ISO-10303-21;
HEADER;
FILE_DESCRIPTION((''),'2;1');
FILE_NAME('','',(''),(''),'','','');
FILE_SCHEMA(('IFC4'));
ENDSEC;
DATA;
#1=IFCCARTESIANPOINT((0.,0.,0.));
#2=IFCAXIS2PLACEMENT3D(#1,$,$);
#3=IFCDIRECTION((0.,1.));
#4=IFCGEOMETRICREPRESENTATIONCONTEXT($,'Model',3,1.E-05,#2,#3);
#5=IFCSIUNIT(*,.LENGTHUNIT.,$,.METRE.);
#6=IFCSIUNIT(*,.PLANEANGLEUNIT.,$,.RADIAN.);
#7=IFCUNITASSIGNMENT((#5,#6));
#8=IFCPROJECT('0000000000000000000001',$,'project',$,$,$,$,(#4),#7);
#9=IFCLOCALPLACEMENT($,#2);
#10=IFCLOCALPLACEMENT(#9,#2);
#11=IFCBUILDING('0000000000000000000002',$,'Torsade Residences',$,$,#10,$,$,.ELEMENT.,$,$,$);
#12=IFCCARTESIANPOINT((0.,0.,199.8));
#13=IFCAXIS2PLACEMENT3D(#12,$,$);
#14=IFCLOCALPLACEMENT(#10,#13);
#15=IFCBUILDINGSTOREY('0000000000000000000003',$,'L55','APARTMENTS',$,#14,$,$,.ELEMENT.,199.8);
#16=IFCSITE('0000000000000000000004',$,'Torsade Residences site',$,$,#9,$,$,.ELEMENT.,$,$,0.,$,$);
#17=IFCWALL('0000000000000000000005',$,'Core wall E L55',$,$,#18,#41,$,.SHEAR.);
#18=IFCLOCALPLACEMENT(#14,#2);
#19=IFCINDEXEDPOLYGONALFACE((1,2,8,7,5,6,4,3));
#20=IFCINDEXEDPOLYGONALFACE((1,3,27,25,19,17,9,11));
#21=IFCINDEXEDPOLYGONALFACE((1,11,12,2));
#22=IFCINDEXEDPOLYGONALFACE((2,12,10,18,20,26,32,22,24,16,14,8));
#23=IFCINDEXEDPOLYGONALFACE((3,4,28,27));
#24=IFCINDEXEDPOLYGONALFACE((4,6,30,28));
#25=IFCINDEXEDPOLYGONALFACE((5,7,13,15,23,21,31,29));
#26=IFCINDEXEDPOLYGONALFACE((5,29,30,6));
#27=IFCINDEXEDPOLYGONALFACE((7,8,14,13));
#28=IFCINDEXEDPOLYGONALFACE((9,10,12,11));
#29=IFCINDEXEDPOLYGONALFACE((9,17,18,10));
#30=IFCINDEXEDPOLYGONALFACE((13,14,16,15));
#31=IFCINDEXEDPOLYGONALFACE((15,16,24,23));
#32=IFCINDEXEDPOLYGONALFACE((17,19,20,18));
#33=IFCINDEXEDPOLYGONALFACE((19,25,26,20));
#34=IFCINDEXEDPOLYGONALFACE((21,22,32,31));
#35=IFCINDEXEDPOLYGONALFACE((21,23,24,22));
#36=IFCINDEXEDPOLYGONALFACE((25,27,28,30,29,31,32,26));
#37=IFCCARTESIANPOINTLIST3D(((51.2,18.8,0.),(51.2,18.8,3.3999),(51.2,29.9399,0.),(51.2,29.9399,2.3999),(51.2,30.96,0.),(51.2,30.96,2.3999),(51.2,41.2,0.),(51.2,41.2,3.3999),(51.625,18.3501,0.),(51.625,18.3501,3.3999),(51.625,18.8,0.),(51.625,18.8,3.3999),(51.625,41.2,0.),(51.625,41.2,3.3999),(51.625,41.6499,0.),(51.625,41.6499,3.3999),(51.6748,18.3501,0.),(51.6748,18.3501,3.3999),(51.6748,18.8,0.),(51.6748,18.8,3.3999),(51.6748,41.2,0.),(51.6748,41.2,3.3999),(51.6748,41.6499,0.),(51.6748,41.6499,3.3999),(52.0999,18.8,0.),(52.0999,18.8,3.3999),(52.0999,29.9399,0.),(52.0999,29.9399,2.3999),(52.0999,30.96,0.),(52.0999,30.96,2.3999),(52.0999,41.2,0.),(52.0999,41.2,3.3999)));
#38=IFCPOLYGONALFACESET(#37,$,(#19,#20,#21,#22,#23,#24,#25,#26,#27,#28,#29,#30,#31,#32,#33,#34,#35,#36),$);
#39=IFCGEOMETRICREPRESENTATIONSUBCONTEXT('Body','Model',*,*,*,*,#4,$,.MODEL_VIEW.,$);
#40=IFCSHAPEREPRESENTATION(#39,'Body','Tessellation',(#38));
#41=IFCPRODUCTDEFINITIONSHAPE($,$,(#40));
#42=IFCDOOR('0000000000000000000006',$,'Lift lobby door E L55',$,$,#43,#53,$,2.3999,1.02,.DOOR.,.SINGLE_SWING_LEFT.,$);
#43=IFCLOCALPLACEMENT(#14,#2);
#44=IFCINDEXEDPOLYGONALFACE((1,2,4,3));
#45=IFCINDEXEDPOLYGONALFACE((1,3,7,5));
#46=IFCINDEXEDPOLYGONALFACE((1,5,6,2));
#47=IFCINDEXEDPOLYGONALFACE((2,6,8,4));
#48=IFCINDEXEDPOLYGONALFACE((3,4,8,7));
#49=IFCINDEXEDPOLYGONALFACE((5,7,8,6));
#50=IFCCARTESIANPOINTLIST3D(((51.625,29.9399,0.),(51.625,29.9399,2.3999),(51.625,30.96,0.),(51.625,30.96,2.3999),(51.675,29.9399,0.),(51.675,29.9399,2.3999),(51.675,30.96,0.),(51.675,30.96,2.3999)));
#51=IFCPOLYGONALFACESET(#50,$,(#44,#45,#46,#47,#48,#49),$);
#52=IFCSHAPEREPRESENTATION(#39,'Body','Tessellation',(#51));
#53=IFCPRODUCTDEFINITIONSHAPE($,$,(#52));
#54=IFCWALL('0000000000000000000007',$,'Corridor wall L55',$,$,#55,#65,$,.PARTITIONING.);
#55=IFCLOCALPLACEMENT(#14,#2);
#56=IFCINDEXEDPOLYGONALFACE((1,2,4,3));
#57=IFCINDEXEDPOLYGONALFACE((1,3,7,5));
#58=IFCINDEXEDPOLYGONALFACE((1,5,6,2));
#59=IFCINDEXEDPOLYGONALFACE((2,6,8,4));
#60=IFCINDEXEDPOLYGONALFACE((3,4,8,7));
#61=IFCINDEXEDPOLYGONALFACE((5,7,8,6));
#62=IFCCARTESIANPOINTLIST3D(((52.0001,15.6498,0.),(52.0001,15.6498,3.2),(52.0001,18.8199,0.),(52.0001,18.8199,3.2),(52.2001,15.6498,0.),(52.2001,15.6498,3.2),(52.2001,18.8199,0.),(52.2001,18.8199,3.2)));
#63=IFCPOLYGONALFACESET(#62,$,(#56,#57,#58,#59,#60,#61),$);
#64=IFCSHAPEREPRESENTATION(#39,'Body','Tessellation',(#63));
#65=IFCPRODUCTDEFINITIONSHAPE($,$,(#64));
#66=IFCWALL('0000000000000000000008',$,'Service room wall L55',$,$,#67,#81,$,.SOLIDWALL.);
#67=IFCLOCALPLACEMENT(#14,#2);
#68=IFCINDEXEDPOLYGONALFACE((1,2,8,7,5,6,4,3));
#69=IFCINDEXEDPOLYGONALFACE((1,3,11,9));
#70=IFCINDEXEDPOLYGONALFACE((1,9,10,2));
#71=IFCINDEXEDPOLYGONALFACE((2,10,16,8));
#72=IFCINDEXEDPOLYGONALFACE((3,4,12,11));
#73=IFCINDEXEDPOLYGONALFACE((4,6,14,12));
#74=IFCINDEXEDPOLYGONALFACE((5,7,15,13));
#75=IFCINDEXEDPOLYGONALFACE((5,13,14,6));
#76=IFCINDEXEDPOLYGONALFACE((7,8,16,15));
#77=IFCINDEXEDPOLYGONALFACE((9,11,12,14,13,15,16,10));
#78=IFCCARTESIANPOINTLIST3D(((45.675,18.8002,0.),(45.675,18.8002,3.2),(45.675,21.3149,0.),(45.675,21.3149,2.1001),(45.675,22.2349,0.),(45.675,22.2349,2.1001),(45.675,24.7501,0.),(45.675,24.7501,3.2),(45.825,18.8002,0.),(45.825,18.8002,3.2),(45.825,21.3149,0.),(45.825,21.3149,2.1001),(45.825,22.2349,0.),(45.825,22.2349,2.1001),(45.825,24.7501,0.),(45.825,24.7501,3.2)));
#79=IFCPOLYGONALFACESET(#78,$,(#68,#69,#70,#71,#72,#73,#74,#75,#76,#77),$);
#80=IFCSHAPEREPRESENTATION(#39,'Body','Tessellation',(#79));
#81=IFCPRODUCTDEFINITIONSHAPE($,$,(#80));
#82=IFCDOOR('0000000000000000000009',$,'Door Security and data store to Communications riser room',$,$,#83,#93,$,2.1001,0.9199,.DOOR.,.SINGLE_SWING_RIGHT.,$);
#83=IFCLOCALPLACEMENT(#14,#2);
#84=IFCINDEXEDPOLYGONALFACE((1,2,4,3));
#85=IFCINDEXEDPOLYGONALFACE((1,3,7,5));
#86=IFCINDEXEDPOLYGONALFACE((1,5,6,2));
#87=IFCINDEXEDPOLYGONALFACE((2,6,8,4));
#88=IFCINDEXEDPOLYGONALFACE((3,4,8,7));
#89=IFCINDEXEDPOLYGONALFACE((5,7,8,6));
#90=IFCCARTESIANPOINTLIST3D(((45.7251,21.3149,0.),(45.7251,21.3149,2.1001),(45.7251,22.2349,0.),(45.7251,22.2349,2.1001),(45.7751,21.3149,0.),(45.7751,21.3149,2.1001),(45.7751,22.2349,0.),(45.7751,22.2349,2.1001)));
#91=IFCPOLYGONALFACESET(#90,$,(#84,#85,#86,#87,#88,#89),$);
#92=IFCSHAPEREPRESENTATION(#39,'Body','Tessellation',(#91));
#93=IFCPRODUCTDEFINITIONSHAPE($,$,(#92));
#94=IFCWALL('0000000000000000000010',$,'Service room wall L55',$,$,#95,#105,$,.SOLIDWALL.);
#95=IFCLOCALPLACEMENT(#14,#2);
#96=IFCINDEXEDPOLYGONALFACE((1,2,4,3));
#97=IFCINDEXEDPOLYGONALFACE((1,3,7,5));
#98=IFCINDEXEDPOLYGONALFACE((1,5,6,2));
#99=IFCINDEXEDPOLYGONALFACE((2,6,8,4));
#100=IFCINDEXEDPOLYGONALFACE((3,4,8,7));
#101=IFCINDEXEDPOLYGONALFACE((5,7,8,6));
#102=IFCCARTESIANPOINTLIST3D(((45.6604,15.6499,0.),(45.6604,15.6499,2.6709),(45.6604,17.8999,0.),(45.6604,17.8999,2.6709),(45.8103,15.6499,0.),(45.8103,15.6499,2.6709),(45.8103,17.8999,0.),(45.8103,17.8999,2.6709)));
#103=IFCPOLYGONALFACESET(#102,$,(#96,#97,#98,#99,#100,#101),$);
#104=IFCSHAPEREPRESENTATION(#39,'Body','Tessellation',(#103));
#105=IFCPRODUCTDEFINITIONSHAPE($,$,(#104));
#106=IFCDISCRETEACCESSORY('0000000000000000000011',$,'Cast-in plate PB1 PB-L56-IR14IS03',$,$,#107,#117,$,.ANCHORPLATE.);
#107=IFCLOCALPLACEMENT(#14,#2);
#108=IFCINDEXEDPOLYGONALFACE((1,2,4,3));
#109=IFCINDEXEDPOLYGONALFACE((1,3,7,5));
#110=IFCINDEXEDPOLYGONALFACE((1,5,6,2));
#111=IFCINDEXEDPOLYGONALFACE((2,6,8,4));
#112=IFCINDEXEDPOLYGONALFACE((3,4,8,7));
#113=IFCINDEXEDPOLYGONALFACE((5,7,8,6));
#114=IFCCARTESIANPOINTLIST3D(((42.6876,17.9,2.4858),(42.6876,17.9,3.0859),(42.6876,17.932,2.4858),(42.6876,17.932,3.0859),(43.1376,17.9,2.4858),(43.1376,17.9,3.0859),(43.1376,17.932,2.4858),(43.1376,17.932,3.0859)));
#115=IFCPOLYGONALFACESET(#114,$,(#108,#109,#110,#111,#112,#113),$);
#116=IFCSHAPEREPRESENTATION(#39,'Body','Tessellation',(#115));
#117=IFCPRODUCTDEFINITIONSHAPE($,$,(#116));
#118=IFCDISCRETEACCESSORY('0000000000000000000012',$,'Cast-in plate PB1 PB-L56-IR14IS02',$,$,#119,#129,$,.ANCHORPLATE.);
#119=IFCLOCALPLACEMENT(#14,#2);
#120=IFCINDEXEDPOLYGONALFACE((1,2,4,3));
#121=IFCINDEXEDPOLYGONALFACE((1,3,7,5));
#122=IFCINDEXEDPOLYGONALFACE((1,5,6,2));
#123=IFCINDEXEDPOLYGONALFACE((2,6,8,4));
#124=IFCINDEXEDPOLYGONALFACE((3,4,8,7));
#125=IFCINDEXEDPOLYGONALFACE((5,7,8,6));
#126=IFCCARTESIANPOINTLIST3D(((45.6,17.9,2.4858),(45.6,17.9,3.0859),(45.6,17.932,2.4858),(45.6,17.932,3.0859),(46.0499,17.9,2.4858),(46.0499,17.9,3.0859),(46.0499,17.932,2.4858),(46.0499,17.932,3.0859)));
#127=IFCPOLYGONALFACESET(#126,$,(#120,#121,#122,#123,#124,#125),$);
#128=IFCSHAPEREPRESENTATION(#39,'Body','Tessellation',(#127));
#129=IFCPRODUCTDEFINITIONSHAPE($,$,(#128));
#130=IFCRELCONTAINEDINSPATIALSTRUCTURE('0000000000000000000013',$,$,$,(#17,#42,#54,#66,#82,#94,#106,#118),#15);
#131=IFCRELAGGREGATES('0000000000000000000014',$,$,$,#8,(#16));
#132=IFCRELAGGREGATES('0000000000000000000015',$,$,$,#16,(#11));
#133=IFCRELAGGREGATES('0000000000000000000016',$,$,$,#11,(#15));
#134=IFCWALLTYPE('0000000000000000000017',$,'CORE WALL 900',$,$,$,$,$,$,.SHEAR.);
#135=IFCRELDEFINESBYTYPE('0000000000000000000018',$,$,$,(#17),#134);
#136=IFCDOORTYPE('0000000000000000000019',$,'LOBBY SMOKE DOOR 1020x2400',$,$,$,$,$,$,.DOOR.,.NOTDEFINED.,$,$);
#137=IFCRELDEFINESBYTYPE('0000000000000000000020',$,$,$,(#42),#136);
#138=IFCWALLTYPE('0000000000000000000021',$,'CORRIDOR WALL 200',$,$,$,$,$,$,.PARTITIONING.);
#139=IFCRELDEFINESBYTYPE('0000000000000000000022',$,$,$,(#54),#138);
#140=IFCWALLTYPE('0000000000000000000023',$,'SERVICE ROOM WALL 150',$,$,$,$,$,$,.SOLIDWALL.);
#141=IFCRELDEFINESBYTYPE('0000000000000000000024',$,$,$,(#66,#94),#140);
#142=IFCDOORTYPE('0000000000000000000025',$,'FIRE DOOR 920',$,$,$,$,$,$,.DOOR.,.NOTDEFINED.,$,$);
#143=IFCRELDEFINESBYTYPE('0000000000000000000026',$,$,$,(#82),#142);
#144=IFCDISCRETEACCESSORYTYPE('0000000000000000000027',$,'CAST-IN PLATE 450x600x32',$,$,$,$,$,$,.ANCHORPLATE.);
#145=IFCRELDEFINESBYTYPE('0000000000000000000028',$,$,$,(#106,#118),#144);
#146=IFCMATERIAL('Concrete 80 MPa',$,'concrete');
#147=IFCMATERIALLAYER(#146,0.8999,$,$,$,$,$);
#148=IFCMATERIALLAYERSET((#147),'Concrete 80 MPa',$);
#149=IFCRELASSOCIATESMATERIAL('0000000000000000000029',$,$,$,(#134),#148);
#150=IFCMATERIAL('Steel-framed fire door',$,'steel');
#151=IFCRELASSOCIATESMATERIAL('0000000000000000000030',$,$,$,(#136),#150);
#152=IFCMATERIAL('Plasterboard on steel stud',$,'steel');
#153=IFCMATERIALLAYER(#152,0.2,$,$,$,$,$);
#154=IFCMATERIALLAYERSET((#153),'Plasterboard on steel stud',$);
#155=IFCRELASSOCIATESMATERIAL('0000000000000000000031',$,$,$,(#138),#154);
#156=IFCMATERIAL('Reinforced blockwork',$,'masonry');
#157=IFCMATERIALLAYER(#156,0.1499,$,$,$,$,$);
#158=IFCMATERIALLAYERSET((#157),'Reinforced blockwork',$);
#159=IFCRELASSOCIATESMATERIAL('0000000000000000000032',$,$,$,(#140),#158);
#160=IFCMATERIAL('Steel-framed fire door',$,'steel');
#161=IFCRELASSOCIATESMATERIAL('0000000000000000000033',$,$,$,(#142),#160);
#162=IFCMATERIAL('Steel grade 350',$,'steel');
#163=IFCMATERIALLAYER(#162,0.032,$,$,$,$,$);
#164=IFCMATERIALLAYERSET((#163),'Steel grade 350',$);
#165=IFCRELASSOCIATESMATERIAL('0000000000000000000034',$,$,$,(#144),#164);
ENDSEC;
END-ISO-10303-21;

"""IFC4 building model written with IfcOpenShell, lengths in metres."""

from ifc_helpers import new_model, si_unit, direction, frame, frame_2d, origin, origin_2d, place, context, subcontext, project, spatial, polyline, rectangle, outline, extrude, material, layer, layer_set, type_object, element, fill, save


model = new_model("IFC4")

# Units and contexts
model_context = context("Model", 3, precision=1e-05, world=origin(), true_north=direction((0.0, 1.0)))
body_context = subcontext(model_context, "Body", "Model", "MODEL_VIEW")
ifc_project = project(units=[si_unit("LENGTHUNIT", "METRE"), si_unit("PLANEANGLEUNIT", "RADIAN")], contexts=[model_context])

# Site, building, storey
site_placement = place(None, origin())
site = spatial("IfcSite", under=ifc_project, at=site_placement, Name="Torsade Residences site", CompositionType="ELEMENT", RefElevation=0.0)
building_placement = place(site_placement, origin())
building = spatial("IfcBuilding", under=site, at=building_placement, Name="Torsade Residences", CompositionType="ELEMENT")
storey_placement = place(building_placement, frame((0.0, 0.0, 199.8)))
storey = spatial("IfcBuildingStorey", under=building, at=storey_placement, Name="L55", Description="APARTMENTS", CompositionType="ELEMENT", Elevation=199.8)

# Shared definitions
ifc_material_1 = material(Name="Concrete 80 MPa", Category="concrete")
ifc_layer_1 = layer(ifc_material_1, 0.8999)
ifc_layer_set_1 = layer_set([ifc_layer_1], Name="Concrete 80 MPa")
wall_type_1 = type_object("IfcWallType", Name="CORE WALL 900", PredefinedType="SHEAR", material=ifc_layer_set_1)

# Wall, opening, door
wall_1_placement = place(storey_placement, frame((51.6499, 18.8, 0.0), z_axis=(0.0, 0.0, 1.0), x_axis=(0.0, 1.0, 0.0)))
wall_1 = element("IfcWall", 1, at=wall_1_placement, inside=storey, type_object=wall_type_1, Name="Core wall E L55", PredefinedType="SHEAR", context=body_context, shape_type="SweptSolid", body=[
    extrude(outline(polyline([(0.0, -0.45), (22.3999, -0.45), (22.3999, -0.0249), (22.8499, -0.0249), (22.8499, 0.0249), (22.3999, 0.0249), (22.3999, 0.45), (0.0, 0.45), (0.0, 0.0249), (-0.45, 0.0249), (-0.45, -0.0249), (0.0, -0.0249), (0.0, -0.45)])), origin(), (0.0, 0.0, 1.0), 3.3999),
])
opening_1_placement = place(wall_1_placement, frame((11.1399, 0.0, 0.0)))
opening_1 = element("IfcOpeningElement", 2, at=opening_1_placement, cuts=wall_1, PredefinedType="OPENING", context=body_context, shape_type="SweptSolid", body=[
    extrude(rectangle(XDim=1.02, YDim=2.3999, at=frame_2d((0.51, 1.2))), frame((0.0, 0.46, 0.0), z_axis=(0.0, -1.0, 0.0), x_axis=(1.0, 0.0, 0.0)), (0.0, 0.0, 1.0), 0.9199),
])
ifc_material_2 = material(Name="Steel-framed fire door", Category="steel")
door_type_1 = type_object("IfcDoorType", Name="LOBBY SMOKE DOOR 1020x2400", OperationType="NOTDEFINED", PredefinedType="DOOR", material=ifc_material_2)
door_1_placement = place(opening_1_placement, origin())
door_1 = element("IfcDoor", 3, at=door_1_placement, inside=storey, type_object=door_type_1, Name="Lift lobby door E L55", OperationType="SINGLE_SWING_LEFT", OverallHeight=2.3999, OverallWidth=1.02, PredefinedType="DOOR", context=body_context, shape_type="SweptSolid", body=[
    extrude(rectangle(XDim=1.02, YDim=2.3999, at=frame_2d((0.51, 1.2))), frame((0.0, 0.0249, 0.0), z_axis=(0.0, -1.0, 0.0), x_axis=(1.0, 0.0, 0.0)), (0.0, 0.0, 1.0), 0.05),
])
fill(opening_1, door_1)

# Wall
ifc_material_3 = material(Name="Plasterboard on steel stud", Category="steel")
ifc_layer_2 = layer(ifc_material_3, 0.2)
ifc_layer_set_2 = layer_set([ifc_layer_2], Name="Plasterboard on steel stud")
wall_type_2 = type_object("IfcWallType", Name="CORRIDOR WALL 200", PredefinedType="PARTITIONING", material=ifc_layer_set_2)
wall_2_placement = place(storey_placement, frame((52.1001, 15.6499, 0.0), z_axis=(0.0, 0.0, 1.0), x_axis=(0.0, 1.0, 0.0)))
element("IfcWall", 4, at=wall_2_placement, inside=storey, type_object=wall_type_2, Name="Corridor wall L55", PredefinedType="PARTITIONING", context=body_context, shape_type="SweptSolid", body=[
    extrude(rectangle(XDim=3.1702, YDim=0.2, at=frame_2d((1.585, 0.0))), origin(), (0.0, 0.0, 1.0), 3.2),
])

# Wall, opening, door
ifc_material_4 = material(Name="Reinforced blockwork", Category="masonry")
ifc_layer_3 = layer(ifc_material_4, 0.1499)
ifc_layer_set_3 = layer_set([ifc_layer_3], Name="Reinforced blockwork")
wall_type_3 = type_object("IfcWallType", Name="SERVICE ROOM WALL 150", PredefinedType="SOLIDWALL", material=ifc_layer_set_3)
wall_3_placement = place(storey_placement, frame((45.75, 18.8, 0.0), z_axis=(0.0, 0.0, 1.0), x_axis=(0.0, 1.0, 0.0)))
wall_3 = element("IfcWall", 5, at=wall_3_placement, inside=storey, type_object=wall_type_3, Name="Service room wall L55", PredefinedType="SOLIDWALL", context=body_context, shape_type="SweptSolid", body=[
    extrude(rectangle(XDim=5.95, YDim=0.1499, at=frame_2d((2.9751, 0.0))), origin(), (0.0, 0.0, 1.0), 3.2),
])
opening_2_placement = place(wall_3_placement, frame((2.5149, 0.0, 0.0)))
opening_2 = element("IfcOpeningElement", 6, at=opening_2_placement, cuts=wall_3, PredefinedType="OPENING", context=body_context, shape_type="SweptSolid", body=[
    extrude(rectangle(XDim=0.9199, YDim=2.1001, at=frame_2d((0.46, 1.05))), frame((0.0, 0.085, 0.0), z_axis=(0.0, -1.0, 0.0), x_axis=(1.0, 0.0, 0.0)), (0.0, 0.0, 1.0), 0.1699),
])
ifc_material_5 = material(Name="Steel-framed fire door", Category="steel")
door_type_2 = type_object("IfcDoorType", Name="FIRE DOOR 920", OperationType="NOTDEFINED", PredefinedType="DOOR", material=ifc_material_5)
door_2_placement = place(opening_2_placement, origin())
door_2 = element("IfcDoor", 7, at=door_2_placement, inside=storey, type_object=door_type_2, Name="Door Security and data store to Communications riser room", OperationType="SINGLE_SWING_RIGHT", OverallHeight=2.1001, OverallWidth=0.9199, PredefinedType="DOOR", context=body_context, shape_type="SweptSolid", body=[
    extrude(rectangle(XDim=0.9199, YDim=2.1001, at=frame_2d((0.46, 1.05))), frame((0.0, 0.0249, 0.0), z_axis=(0.0, -1.0, 0.0), x_axis=(1.0, 0.0, 0.0)), (0.0, 0.0, 1.0), 0.05),
])
fill(opening_2, door_2)

# Wall
wall_4_placement = place(storey_placement, frame((45.7354, 15.6499, 0.0), z_axis=(0.0, 0.0, 1.0), x_axis=(0.0, 1.0, 0.0)))
element("IfcWall", 8, at=wall_4_placement, inside=storey, type_object=wall_type_3, Name="Service room wall L55", PredefinedType="SOLIDWALL", context=body_context, shape_type="SweptSolid", body=[
    extrude(rectangle(XDim=2.25, YDim=0.1499, at=frame_2d((1.125, 0.0))), origin(), (0.0, 0.0, 1.0), 2.6709),
])

# Discrete accessories
ifc_material_6 = material(Name="Steel grade 350", Category="steel")
ifc_layer_4 = layer(ifc_material_6, 0.032)
ifc_layer_set_4 = layer_set([ifc_layer_4], Name="Steel grade 350")
discrete_accessory_type = type_object("IfcDiscreteAccessoryType", Name="CAST-IN PLATE 450x600x32", PredefinedType="ANCHORPLATE", material=ifc_layer_set_4)
for number, where, z_axis, x_axis, name in (
    (9, (42.9126, 17.916, 2.4858), (0.0, 0.0, 1.0), (1.0, 0.0, 0.0), "Cast-in plate PB1 PB-L56-IR14IS03"),
    (10, (45.825, 17.916, 2.4858), (0.0, 0.0, 1.0), (1.0, 0.0, 0.0), "Cast-in plate PB1 PB-L56-IR14IS02"),
):
    element("IfcDiscreteAccessory", number, at=place(storey_placement, frame(where, z_axis=z_axis, x_axis=x_axis)), inside=storey, type_object=discrete_accessory_type, Name=name, PredefinedType="ANCHORPLATE", context=body_context, shape_type="SweptSolid", body=[
        extrude(rectangle(XDim=0.45, YDim=0.032, at=origin_2d()), origin(), (0.0, 0.0, 1.0), 0.6001),
    ])

save(model, "model.ifc")
